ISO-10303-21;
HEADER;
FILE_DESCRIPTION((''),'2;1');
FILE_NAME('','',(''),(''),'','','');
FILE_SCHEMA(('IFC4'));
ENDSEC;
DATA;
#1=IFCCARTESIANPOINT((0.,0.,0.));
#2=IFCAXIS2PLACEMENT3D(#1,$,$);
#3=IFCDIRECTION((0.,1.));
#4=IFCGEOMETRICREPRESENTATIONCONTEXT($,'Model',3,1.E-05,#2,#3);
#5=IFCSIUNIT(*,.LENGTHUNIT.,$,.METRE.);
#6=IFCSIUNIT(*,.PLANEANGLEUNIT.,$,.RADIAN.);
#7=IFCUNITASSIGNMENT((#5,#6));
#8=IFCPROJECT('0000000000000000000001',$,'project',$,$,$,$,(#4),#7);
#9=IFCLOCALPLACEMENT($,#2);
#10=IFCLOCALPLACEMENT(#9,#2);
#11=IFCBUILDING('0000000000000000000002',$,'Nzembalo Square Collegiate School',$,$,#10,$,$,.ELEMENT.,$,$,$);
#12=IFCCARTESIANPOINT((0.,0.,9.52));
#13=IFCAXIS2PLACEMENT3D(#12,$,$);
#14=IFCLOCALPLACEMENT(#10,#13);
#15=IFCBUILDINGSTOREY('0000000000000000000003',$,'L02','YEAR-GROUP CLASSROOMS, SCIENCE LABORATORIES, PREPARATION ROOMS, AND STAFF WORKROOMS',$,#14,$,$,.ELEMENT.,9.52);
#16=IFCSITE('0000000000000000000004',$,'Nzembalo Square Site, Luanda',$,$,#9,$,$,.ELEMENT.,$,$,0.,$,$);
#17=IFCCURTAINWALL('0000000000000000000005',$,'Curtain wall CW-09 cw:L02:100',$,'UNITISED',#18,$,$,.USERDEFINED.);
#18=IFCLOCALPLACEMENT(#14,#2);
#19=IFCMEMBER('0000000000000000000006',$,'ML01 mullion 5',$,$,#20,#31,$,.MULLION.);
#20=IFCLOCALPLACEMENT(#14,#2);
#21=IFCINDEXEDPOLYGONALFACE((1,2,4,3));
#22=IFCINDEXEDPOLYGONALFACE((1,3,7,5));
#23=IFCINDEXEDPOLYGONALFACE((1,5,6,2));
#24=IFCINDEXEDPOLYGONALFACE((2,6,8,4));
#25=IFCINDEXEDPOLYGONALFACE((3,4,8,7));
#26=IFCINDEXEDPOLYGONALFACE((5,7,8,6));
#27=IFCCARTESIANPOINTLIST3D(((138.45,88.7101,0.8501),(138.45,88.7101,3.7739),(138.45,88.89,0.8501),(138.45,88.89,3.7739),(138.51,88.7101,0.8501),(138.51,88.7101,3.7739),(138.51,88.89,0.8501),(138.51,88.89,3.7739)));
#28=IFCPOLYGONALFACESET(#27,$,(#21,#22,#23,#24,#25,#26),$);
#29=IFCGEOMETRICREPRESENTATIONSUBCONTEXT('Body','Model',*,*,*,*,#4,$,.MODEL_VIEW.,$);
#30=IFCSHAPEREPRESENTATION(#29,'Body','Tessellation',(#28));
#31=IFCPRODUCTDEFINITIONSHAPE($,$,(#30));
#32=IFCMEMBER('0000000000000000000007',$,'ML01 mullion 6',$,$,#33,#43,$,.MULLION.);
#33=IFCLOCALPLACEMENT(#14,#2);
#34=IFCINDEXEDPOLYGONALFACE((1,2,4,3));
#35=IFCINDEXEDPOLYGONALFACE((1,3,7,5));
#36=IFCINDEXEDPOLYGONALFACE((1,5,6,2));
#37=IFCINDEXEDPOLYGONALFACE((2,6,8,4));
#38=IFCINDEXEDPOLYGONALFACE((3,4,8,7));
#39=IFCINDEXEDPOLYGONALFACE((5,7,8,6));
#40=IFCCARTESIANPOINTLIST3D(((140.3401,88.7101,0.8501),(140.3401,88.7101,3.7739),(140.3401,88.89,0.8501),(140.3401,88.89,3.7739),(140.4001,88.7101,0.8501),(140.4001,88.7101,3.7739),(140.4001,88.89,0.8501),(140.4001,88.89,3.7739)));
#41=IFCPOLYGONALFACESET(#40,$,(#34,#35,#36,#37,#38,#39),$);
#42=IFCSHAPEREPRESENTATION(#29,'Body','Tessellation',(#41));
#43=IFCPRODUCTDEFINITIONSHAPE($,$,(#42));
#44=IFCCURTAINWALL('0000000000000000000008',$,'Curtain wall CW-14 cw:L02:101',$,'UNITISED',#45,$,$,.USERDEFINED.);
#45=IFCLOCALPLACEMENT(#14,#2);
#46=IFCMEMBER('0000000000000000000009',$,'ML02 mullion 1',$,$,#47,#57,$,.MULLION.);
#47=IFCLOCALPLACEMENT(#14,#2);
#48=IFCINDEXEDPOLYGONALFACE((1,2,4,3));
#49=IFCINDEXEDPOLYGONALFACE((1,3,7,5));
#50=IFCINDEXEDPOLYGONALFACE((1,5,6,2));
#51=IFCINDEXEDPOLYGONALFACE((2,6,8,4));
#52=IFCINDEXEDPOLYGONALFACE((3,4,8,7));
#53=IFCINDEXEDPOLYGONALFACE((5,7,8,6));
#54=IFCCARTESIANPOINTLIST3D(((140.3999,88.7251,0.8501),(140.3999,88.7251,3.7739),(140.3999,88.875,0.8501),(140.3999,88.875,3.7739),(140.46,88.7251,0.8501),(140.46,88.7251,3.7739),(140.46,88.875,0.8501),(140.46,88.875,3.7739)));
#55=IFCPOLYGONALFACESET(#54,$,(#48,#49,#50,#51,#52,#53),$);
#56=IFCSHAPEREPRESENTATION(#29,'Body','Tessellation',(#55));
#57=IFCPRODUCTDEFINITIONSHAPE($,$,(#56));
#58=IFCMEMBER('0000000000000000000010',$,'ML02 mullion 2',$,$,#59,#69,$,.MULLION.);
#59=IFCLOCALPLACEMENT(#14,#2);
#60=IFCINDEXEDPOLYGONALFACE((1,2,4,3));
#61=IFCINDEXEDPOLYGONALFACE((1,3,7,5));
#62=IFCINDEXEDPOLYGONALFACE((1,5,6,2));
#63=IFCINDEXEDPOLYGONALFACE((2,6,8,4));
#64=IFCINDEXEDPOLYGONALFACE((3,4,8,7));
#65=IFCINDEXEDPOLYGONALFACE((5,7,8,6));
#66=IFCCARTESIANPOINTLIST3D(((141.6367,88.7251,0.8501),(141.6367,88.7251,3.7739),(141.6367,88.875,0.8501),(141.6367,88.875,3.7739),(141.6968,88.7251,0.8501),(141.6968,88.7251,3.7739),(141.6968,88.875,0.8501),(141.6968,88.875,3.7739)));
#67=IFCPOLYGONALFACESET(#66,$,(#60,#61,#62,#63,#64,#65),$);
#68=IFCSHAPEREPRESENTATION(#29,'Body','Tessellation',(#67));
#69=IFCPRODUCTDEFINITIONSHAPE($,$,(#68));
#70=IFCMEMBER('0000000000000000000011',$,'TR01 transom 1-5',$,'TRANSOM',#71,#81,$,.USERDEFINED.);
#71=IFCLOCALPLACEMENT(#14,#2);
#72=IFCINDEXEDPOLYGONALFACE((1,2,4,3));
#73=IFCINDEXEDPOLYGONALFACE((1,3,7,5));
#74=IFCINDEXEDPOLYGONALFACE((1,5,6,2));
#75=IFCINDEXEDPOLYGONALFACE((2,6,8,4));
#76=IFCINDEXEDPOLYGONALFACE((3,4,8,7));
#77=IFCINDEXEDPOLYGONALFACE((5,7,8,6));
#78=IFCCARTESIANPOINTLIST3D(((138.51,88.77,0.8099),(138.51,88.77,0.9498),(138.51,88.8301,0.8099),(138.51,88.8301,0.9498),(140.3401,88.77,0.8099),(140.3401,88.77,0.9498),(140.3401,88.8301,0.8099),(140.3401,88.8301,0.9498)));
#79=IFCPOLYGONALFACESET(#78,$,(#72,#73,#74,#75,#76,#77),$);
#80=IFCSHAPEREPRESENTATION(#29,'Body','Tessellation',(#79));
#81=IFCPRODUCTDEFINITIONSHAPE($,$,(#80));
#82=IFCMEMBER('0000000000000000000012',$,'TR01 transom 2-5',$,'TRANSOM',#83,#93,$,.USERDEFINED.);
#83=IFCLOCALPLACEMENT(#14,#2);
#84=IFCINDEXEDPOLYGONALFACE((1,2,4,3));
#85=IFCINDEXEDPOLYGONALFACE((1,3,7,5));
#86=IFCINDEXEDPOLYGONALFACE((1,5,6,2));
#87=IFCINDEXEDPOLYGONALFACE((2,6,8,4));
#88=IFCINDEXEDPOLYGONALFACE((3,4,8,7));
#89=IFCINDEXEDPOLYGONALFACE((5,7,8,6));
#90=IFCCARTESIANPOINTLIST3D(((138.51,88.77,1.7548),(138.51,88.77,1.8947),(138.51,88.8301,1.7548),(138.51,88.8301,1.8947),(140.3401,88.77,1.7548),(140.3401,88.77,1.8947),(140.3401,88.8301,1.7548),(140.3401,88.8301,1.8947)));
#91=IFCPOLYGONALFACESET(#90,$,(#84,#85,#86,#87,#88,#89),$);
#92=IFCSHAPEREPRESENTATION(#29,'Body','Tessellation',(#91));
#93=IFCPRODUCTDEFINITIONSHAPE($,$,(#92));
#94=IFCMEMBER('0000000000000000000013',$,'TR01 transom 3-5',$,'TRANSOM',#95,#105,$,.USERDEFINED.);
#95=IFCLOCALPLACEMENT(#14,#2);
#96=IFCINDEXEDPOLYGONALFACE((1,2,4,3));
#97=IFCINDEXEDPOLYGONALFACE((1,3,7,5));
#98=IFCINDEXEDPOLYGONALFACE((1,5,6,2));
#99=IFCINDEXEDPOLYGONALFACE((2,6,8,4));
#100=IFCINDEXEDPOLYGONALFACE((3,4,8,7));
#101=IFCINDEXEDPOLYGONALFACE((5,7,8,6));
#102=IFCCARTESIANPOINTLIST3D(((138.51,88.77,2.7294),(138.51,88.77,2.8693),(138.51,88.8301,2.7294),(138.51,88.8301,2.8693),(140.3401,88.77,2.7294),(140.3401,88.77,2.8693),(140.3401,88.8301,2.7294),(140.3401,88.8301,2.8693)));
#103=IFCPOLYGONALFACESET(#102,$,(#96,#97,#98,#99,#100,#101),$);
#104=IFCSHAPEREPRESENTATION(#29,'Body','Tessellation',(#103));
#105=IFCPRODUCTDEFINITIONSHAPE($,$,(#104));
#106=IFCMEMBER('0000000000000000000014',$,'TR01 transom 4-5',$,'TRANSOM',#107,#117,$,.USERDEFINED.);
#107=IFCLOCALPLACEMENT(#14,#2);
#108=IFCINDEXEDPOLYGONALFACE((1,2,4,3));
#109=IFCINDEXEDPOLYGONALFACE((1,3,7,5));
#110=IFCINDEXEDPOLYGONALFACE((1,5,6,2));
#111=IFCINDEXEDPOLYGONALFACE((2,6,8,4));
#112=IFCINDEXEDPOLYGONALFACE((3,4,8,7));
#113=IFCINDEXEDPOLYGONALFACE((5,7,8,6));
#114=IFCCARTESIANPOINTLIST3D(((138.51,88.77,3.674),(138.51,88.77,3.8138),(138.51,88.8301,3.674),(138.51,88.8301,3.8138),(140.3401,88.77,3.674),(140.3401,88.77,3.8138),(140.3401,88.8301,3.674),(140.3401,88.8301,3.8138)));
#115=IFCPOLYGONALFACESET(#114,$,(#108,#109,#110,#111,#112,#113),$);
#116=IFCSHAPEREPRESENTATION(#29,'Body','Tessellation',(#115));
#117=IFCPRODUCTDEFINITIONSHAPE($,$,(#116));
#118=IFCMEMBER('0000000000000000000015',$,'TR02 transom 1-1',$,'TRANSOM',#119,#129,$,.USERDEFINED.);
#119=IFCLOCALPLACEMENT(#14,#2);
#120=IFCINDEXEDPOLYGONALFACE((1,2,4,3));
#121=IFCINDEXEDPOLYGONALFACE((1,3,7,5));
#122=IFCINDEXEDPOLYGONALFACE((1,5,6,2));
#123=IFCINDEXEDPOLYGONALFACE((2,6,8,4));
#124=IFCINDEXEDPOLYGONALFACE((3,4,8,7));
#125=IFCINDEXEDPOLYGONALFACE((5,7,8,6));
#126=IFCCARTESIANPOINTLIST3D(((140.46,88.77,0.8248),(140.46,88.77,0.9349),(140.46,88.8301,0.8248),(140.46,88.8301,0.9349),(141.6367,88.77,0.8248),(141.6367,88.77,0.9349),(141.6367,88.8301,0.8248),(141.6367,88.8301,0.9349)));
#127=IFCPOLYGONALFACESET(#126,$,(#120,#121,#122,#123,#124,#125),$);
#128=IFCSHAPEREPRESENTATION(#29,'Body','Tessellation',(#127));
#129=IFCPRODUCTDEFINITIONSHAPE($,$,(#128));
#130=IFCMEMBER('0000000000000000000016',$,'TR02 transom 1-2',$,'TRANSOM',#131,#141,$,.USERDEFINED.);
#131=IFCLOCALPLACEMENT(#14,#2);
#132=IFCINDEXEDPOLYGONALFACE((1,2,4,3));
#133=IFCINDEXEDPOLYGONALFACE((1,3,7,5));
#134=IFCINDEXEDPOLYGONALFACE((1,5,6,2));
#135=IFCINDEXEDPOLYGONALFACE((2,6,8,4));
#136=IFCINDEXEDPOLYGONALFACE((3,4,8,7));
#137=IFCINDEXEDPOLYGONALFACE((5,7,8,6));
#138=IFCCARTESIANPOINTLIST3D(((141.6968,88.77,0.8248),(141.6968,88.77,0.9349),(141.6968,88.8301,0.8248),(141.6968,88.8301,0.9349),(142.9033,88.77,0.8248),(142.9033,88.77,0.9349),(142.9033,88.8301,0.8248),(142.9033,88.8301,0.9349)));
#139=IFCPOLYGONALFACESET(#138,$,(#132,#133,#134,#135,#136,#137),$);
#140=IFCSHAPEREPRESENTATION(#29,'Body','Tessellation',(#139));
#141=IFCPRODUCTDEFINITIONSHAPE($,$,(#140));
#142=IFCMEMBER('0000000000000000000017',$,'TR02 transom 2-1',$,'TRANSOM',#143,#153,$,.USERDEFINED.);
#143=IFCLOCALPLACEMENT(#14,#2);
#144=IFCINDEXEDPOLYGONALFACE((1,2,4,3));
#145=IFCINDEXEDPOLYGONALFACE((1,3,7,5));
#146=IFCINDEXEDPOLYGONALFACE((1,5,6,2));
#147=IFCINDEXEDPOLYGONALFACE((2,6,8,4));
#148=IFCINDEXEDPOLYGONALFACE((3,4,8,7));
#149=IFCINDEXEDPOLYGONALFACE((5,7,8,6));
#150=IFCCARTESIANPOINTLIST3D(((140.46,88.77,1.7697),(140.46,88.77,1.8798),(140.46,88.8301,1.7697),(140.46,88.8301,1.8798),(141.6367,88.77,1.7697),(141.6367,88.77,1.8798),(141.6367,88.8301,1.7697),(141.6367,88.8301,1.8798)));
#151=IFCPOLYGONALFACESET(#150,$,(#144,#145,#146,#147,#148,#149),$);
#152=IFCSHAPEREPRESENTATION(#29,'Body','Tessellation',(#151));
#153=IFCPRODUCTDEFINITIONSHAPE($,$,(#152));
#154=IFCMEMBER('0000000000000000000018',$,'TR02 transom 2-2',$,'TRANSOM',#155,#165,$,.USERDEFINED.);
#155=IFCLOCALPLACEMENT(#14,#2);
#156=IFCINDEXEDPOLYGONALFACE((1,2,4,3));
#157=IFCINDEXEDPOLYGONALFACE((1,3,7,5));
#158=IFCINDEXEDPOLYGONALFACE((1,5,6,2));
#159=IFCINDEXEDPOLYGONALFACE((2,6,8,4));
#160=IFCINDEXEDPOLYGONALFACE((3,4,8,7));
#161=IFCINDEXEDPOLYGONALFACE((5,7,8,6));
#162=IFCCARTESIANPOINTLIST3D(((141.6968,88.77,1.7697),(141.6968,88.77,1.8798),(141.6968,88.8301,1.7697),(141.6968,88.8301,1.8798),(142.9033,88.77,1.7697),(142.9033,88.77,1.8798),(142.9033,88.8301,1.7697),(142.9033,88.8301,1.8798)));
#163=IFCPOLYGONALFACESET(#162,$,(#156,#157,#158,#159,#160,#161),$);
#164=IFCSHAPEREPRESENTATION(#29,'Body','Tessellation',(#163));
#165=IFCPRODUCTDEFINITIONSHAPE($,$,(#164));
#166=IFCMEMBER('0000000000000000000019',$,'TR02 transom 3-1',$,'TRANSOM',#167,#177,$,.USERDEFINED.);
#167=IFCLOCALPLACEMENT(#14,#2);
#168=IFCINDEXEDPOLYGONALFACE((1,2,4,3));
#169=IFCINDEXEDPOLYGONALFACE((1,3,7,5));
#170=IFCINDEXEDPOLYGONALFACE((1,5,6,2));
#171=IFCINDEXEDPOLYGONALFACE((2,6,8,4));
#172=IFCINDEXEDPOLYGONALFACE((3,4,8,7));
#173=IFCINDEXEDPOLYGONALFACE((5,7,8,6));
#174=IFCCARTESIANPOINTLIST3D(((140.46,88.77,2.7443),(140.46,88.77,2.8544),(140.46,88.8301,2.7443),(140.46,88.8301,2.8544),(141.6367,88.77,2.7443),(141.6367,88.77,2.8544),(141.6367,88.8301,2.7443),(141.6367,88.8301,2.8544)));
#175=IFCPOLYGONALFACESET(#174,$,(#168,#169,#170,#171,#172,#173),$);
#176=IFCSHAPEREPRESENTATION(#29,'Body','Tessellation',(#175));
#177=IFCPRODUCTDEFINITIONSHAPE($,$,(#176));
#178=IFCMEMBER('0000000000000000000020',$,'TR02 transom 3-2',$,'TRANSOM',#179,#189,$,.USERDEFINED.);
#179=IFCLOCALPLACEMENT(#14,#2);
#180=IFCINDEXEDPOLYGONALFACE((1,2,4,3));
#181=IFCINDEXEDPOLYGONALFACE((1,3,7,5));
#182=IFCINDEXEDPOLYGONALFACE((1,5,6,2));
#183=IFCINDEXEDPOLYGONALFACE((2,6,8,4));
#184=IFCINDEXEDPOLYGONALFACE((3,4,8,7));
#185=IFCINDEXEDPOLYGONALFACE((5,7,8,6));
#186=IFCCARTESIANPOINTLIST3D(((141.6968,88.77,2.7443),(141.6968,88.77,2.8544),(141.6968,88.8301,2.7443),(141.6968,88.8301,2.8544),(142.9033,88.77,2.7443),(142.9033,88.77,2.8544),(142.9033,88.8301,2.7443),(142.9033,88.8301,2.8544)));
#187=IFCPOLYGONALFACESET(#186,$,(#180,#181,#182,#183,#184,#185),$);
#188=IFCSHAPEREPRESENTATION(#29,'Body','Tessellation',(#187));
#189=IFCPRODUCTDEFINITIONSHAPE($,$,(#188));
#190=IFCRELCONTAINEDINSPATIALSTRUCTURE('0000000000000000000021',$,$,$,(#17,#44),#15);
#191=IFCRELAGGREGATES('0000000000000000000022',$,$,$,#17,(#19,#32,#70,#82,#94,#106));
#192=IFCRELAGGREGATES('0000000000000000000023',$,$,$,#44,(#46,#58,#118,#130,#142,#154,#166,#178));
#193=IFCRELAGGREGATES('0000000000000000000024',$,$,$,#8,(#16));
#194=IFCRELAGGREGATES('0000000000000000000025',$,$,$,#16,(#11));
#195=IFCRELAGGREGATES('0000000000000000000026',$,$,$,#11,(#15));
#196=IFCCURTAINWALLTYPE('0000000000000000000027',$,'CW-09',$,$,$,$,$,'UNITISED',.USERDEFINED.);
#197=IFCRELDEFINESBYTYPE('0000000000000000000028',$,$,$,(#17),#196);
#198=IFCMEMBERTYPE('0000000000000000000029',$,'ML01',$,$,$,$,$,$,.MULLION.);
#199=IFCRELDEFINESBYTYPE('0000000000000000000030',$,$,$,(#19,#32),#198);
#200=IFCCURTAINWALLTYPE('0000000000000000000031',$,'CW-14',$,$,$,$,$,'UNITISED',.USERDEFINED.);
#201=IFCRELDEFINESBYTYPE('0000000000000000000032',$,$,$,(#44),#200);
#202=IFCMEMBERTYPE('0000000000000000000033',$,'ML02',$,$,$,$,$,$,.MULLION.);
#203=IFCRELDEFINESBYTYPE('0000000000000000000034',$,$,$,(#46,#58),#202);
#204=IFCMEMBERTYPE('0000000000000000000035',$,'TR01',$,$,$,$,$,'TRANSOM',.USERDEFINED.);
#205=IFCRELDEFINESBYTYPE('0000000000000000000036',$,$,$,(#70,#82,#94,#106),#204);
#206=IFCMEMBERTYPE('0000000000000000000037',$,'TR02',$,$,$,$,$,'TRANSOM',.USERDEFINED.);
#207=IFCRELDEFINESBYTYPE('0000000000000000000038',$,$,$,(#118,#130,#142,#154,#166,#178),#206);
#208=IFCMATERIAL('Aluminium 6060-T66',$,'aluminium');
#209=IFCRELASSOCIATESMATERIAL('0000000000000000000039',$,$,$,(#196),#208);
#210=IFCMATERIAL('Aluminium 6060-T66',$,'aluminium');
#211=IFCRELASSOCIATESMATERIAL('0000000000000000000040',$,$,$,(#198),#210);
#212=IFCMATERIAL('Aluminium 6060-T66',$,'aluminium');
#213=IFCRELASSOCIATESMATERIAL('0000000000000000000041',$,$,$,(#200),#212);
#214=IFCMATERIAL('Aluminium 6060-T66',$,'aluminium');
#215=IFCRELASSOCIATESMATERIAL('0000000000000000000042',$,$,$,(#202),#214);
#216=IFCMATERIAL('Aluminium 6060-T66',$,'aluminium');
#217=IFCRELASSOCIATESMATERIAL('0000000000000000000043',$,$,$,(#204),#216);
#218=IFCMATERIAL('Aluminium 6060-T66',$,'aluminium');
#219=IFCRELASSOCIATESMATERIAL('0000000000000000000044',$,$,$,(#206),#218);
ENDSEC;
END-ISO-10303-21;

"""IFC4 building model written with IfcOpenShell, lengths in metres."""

from ifc_helpers import new_model, si_unit, direction, frame, origin, origin_2d, place, context, subcontext, project, spatial, rectangle, extrude, material, material_profile, profile_set, type_object, element, aggregate, save


model = new_model("IFC4")

# Units and contexts
model_context = context("Model", 3, precision=1e-05, world=origin(), true_north=direction((0.0, 1.0)))
body_context = subcontext(model_context, "Body", "Model", "MODEL_VIEW")
ifc_project = project(units=[si_unit("LENGTHUNIT", "METRE"), si_unit("PLANEANGLEUNIT", "RADIAN")], contexts=[model_context])

# Site, building, storey
site_placement = place(None, origin())
site = spatial("IfcSite", under=ifc_project, at=site_placement, Name="Nzembalo Square Site, Luanda", CompositionType="ELEMENT", RefElevation=0.0)
building_placement = place(site_placement, origin())
building = spatial("IfcBuilding", under=site, at=building_placement, Name="Nzembalo Square Collegiate School", CompositionType="ELEMENT")
storey_placement = place(building_placement, frame((0.0, 0.0, 9.52)))
storey = spatial("IfcBuildingStorey", under=building, at=storey_placement, Name="L02", Description="YEAR-GROUP CLASSROOMS, SCIENCE LABORATORIES, PREPARATION ROOMS, AND STAFF WORKROOMS", CompositionType="ELEMENT", Elevation=9.52)

# Curtain walls, members
ifc_material_1 = material(Name="Aluminium 6060-T66", Category="aluminium")
curtain_wall_type_1 = type_object("IfcCurtainWallType", Name="CW-09", ElementType="UNITISED", PredefinedType="USERDEFINED", material=ifc_material_1)
curtain_wall_1_placement = place(storey_placement, origin())
curtain_wall_1 = element("IfcCurtainWall", 1, at=curtain_wall_1_placement, inside=storey, type_object=curtain_wall_type_1, Name="Curtain wall CW-09 cw:L02:100", ObjectType="UNITISED", PredefinedType="USERDEFINED")
ifc_material_2 = material(Name="Aluminium 6060-T66", Category="aluminium")
ifc_material_profile_1 = material_profile(ifc_material_2, rectangle(XDim=0.0601, YDim=0.1799, at=origin_2d()), Name="ALU M60x180")
ifc_profile_set_1 = profile_set([ifc_material_profile_1], Name="Aluminium 6060-T66")
member_type_1 = type_object("IfcMemberType", Name="ML01", PredefinedType="MULLION", material=ifc_profile_set_1)
member_1_placement = place(storey_placement, frame((138.48, 88.8, 0.8501), z_axis=(0.0, 0.0, 1.0), x_axis=(1.0, 0.0, 0.0)))
member_1 = element("IfcMember", 2, at=member_1_placement, type_object=member_type_1, Name="ML01 mullion 5", PredefinedType="MULLION", context=body_context, shape_type="SweptSolid", body=[
    extrude(rectangle(XDim=0.0601, YDim=0.1799, at=origin_2d()), origin(), (0.0, 0.0, 1.0), 2.9238),
])
member_2_placement = place(storey_placement, frame((140.3701, 88.8, 0.8501), z_axis=(0.0, 0.0, 1.0), x_axis=(1.0, 0.0, 0.0)))
member_2 = element("IfcMember", 3, at=member_2_placement, type_object=member_type_1, Name="ML01 mullion 6", PredefinedType="MULLION", context=body_context, shape_type="SweptSolid", body=[
    extrude(rectangle(XDim=0.0601, YDim=0.1799, at=origin_2d()), origin(), (0.0, 0.0, 1.0), 2.9238),
])
ifc_material_3 = material(Name="Aluminium 6060-T66", Category="aluminium")
curtain_wall_type_2 = type_object("IfcCurtainWallType", Name="CW-14", ElementType="UNITISED", PredefinedType="USERDEFINED", material=ifc_material_3)
curtain_wall_2_placement = place(storey_placement, origin())
curtain_wall_2 = element("IfcCurtainWall", 4, at=curtain_wall_2_placement, inside=storey, type_object=curtain_wall_type_2, Name="Curtain wall CW-14 cw:L02:101", ObjectType="UNITISED", PredefinedType="USERDEFINED")
ifc_material_4 = material(Name="Aluminium 6060-T66", Category="aluminium")
ifc_material_profile_2 = material_profile(ifc_material_4, rectangle(XDim=0.0601, YDim=0.1499, at=origin_2d()), Name="ALU M60x150")
ifc_profile_set_2 = profile_set([ifc_material_profile_2], Name="Aluminium 6060-T66")
member_type_2 = type_object("IfcMemberType", Name="ML02", PredefinedType="MULLION", material=ifc_profile_set_2)
member_3_placement = place(storey_placement, frame((140.4299, 88.8, 0.8501), z_axis=(0.0, 0.0, 1.0), x_axis=(1.0, 0.0, 0.0)))
member_3 = element("IfcMember", 5, at=member_3_placement, type_object=member_type_2, Name="ML02 mullion 1", PredefinedType="MULLION", context=body_context, shape_type="SweptSolid", body=[
    extrude(rectangle(XDim=0.0601, YDim=0.1499, at=origin_2d()), origin(), (0.0, 0.0, 1.0), 2.9238),
])
member_4_placement = place(storey_placement, frame((141.6667, 88.8, 0.8501), z_axis=(0.0, 0.0, 1.0), x_axis=(1.0, 0.0, 0.0)))
member_4 = element("IfcMember", 6, at=member_4_placement, type_object=member_type_2, Name="ML02 mullion 2", PredefinedType="MULLION", context=body_context, shape_type="SweptSolid", body=[
    extrude(rectangle(XDim=0.0601, YDim=0.1499, at=origin_2d()), origin(), (0.0, 0.0, 1.0), 2.9238),
])

# Members
ifc_material_5 = material(Name="Aluminium 6060-T66", Category="aluminium")
ifc_material_profile_3 = material_profile(ifc_material_5, rectangle(XDim=0.0601, YDim=0.1399, at=origin_2d()), Name="ALU T60x140")
ifc_profile_set_3 = profile_set([ifc_material_profile_3], Name="Aluminium 6060-T66")
member_type_3 = type_object("IfcMemberType", Name="TR01", ElementType="TRANSOM", PredefinedType="USERDEFINED", material=ifc_profile_set_3)
member_5_placement = place(storey_placement, frame((138.51, 88.8, 0.8799), z_axis=(1.0, 0.0, 0.0), x_axis=(0.0, 1.0, 0.0)))
member_5 = element("IfcMember", 7, at=member_5_placement, type_object=member_type_3, Name="TR01 transom 1-5", ObjectType="TRANSOM", PredefinedType="USERDEFINED", context=body_context, shape_type="SweptSolid", body=[
    extrude(rectangle(XDim=0.0601, YDim=0.1399, at=origin_2d()), origin(), (0.0, 0.0, 1.0), 1.8301),
])
member_6_placement = place(storey_placement, frame((138.51, 88.8, 1.8247), z_axis=(1.0, 0.0, 0.0), x_axis=(0.0, 1.0, 0.0)))
member_6 = element("IfcMember", 8, at=member_6_placement, type_object=member_type_3, Name="TR01 transom 2-5", ObjectType="TRANSOM", PredefinedType="USERDEFINED", context=body_context, shape_type="SweptSolid", body=[
    extrude(rectangle(XDim=0.0601, YDim=0.1399, at=origin_2d()), origin(), (0.0, 0.0, 1.0), 1.8301),
])
member_7_placement = place(storey_placement, frame((138.51, 88.8, 2.7993), z_axis=(1.0, 0.0, 0.0), x_axis=(0.0, 1.0, 0.0)))
member_7 = element("IfcMember", 9, at=member_7_placement, type_object=member_type_3, Name="TR01 transom 3-5", ObjectType="TRANSOM", PredefinedType="USERDEFINED", context=body_context, shape_type="SweptSolid", body=[
    extrude(rectangle(XDim=0.0601, YDim=0.1399, at=origin_2d()), origin(), (0.0, 0.0, 1.0), 1.8301),
])
member_8_placement = place(storey_placement, frame((138.51, 88.8, 3.7439), z_axis=(1.0, 0.0, 0.0), x_axis=(0.0, 1.0, 0.0)))
member_8 = element("IfcMember", 10, at=member_8_placement, type_object=member_type_3, Name="TR01 transom 4-5", ObjectType="TRANSOM", PredefinedType="USERDEFINED", context=body_context, shape_type="SweptSolid", body=[
    extrude(rectangle(XDim=0.0601, YDim=0.1399, at=origin_2d()), origin(), (0.0, 0.0, 1.0), 1.8301),
])
ifc_material_6 = material(Name="Aluminium 6060-T66", Category="aluminium")
ifc_material_profile_4 = material_profile(ifc_material_6, rectangle(XDim=0.0601, YDim=0.1101, at=origin_2d()), Name="ALU T60x110")
ifc_profile_set_4 = profile_set([ifc_material_profile_4], Name="Aluminium 6060-T66")
member_type_4 = type_object("IfcMemberType", Name="TR02", ElementType="TRANSOM", PredefinedType="USERDEFINED", material=ifc_profile_set_4)
member_9_placement = place(storey_placement, frame((140.46, 88.8, 0.8799), z_axis=(1.0, 0.0, 0.0), x_axis=(0.0, 1.0, 0.0)))
member_9 = element("IfcMember", 11, at=member_9_placement, type_object=member_type_4, Name="TR02 transom 1-1", ObjectType="TRANSOM", PredefinedType="USERDEFINED", context=body_context, shape_type="SweptSolid", body=[
    extrude(rectangle(XDim=0.0601, YDim=0.1101, at=origin_2d()), origin(), (0.0, 0.0, 1.0), 1.1768),
])
member_10_placement = place(storey_placement, frame((141.6968, 88.8, 0.8799), z_axis=(1.0, 0.0, 0.0), x_axis=(0.0, 1.0, 0.0)))
member_10 = element("IfcMember", 12, at=member_10_placement, type_object=member_type_4, Name="TR02 transom 1-2", ObjectType="TRANSOM", PredefinedType="USERDEFINED", context=body_context, shape_type="SweptSolid", body=[
    extrude(rectangle(XDim=0.0601, YDim=0.1101, at=origin_2d()), origin(), (0.0, 0.0, 1.0), 1.2065),
])
member_11_placement = place(storey_placement, frame((140.46, 88.8, 1.8247), z_axis=(1.0, 0.0, 0.0), x_axis=(0.0, 1.0, 0.0)))
member_11 = element("IfcMember", 13, at=member_11_placement, type_object=member_type_4, Name="TR02 transom 2-1", ObjectType="TRANSOM", PredefinedType="USERDEFINED", context=body_context, shape_type="SweptSolid", body=[
    extrude(rectangle(XDim=0.0601, YDim=0.1101, at=origin_2d()), origin(), (0.0, 0.0, 1.0), 1.1768),
])
member_12_placement = place(storey_placement, frame((141.6968, 88.8, 1.8247), z_axis=(1.0, 0.0, 0.0), x_axis=(0.0, 1.0, 0.0)))
member_12 = element("IfcMember", 14, at=member_12_placement, type_object=member_type_4, Name="TR02 transom 2-2", ObjectType="TRANSOM", PredefinedType="USERDEFINED", context=body_context, shape_type="SweptSolid", body=[
    extrude(rectangle(XDim=0.0601, YDim=0.1101, at=origin_2d()), origin(), (0.0, 0.0, 1.0), 1.2065),
])
member_13_placement = place(storey_placement, frame((140.46, 88.8, 2.7993), z_axis=(1.0, 0.0, 0.0), x_axis=(0.0, 1.0, 0.0)))
member_13 = element("IfcMember", 15, at=member_13_placement, type_object=member_type_4, Name="TR02 transom 3-1", ObjectType="TRANSOM", PredefinedType="USERDEFINED", context=body_context, shape_type="SweptSolid", body=[
    extrude(rectangle(XDim=0.0601, YDim=0.1101, at=origin_2d()), origin(), (0.0, 0.0, 1.0), 1.1768),
])
member_14_placement = place(storey_placement, frame((141.6968, 88.8, 2.7993), z_axis=(1.0, 0.0, 0.0), x_axis=(0.0, 1.0, 0.0)))
member_14 = element("IfcMember", 16, at=member_14_placement, type_object=member_type_4, Name="TR02 transom 3-2", ObjectType="TRANSOM", PredefinedType="USERDEFINED", context=body_context, shape_type="SweptSolid", body=[
    extrude(rectangle(XDim=0.0601, YDim=0.1101, at=origin_2d()), origin(), (0.0, 0.0, 1.0), 1.2065),
])

aggregate(curtain_wall_1, [member_1, member_2, member_5, member_6, member_7, member_8])
aggregate(curtain_wall_2, [member_3, member_4, member_9, member_10, member_11, member_12, member_13, member_14])

save(model, "model.ifc")
